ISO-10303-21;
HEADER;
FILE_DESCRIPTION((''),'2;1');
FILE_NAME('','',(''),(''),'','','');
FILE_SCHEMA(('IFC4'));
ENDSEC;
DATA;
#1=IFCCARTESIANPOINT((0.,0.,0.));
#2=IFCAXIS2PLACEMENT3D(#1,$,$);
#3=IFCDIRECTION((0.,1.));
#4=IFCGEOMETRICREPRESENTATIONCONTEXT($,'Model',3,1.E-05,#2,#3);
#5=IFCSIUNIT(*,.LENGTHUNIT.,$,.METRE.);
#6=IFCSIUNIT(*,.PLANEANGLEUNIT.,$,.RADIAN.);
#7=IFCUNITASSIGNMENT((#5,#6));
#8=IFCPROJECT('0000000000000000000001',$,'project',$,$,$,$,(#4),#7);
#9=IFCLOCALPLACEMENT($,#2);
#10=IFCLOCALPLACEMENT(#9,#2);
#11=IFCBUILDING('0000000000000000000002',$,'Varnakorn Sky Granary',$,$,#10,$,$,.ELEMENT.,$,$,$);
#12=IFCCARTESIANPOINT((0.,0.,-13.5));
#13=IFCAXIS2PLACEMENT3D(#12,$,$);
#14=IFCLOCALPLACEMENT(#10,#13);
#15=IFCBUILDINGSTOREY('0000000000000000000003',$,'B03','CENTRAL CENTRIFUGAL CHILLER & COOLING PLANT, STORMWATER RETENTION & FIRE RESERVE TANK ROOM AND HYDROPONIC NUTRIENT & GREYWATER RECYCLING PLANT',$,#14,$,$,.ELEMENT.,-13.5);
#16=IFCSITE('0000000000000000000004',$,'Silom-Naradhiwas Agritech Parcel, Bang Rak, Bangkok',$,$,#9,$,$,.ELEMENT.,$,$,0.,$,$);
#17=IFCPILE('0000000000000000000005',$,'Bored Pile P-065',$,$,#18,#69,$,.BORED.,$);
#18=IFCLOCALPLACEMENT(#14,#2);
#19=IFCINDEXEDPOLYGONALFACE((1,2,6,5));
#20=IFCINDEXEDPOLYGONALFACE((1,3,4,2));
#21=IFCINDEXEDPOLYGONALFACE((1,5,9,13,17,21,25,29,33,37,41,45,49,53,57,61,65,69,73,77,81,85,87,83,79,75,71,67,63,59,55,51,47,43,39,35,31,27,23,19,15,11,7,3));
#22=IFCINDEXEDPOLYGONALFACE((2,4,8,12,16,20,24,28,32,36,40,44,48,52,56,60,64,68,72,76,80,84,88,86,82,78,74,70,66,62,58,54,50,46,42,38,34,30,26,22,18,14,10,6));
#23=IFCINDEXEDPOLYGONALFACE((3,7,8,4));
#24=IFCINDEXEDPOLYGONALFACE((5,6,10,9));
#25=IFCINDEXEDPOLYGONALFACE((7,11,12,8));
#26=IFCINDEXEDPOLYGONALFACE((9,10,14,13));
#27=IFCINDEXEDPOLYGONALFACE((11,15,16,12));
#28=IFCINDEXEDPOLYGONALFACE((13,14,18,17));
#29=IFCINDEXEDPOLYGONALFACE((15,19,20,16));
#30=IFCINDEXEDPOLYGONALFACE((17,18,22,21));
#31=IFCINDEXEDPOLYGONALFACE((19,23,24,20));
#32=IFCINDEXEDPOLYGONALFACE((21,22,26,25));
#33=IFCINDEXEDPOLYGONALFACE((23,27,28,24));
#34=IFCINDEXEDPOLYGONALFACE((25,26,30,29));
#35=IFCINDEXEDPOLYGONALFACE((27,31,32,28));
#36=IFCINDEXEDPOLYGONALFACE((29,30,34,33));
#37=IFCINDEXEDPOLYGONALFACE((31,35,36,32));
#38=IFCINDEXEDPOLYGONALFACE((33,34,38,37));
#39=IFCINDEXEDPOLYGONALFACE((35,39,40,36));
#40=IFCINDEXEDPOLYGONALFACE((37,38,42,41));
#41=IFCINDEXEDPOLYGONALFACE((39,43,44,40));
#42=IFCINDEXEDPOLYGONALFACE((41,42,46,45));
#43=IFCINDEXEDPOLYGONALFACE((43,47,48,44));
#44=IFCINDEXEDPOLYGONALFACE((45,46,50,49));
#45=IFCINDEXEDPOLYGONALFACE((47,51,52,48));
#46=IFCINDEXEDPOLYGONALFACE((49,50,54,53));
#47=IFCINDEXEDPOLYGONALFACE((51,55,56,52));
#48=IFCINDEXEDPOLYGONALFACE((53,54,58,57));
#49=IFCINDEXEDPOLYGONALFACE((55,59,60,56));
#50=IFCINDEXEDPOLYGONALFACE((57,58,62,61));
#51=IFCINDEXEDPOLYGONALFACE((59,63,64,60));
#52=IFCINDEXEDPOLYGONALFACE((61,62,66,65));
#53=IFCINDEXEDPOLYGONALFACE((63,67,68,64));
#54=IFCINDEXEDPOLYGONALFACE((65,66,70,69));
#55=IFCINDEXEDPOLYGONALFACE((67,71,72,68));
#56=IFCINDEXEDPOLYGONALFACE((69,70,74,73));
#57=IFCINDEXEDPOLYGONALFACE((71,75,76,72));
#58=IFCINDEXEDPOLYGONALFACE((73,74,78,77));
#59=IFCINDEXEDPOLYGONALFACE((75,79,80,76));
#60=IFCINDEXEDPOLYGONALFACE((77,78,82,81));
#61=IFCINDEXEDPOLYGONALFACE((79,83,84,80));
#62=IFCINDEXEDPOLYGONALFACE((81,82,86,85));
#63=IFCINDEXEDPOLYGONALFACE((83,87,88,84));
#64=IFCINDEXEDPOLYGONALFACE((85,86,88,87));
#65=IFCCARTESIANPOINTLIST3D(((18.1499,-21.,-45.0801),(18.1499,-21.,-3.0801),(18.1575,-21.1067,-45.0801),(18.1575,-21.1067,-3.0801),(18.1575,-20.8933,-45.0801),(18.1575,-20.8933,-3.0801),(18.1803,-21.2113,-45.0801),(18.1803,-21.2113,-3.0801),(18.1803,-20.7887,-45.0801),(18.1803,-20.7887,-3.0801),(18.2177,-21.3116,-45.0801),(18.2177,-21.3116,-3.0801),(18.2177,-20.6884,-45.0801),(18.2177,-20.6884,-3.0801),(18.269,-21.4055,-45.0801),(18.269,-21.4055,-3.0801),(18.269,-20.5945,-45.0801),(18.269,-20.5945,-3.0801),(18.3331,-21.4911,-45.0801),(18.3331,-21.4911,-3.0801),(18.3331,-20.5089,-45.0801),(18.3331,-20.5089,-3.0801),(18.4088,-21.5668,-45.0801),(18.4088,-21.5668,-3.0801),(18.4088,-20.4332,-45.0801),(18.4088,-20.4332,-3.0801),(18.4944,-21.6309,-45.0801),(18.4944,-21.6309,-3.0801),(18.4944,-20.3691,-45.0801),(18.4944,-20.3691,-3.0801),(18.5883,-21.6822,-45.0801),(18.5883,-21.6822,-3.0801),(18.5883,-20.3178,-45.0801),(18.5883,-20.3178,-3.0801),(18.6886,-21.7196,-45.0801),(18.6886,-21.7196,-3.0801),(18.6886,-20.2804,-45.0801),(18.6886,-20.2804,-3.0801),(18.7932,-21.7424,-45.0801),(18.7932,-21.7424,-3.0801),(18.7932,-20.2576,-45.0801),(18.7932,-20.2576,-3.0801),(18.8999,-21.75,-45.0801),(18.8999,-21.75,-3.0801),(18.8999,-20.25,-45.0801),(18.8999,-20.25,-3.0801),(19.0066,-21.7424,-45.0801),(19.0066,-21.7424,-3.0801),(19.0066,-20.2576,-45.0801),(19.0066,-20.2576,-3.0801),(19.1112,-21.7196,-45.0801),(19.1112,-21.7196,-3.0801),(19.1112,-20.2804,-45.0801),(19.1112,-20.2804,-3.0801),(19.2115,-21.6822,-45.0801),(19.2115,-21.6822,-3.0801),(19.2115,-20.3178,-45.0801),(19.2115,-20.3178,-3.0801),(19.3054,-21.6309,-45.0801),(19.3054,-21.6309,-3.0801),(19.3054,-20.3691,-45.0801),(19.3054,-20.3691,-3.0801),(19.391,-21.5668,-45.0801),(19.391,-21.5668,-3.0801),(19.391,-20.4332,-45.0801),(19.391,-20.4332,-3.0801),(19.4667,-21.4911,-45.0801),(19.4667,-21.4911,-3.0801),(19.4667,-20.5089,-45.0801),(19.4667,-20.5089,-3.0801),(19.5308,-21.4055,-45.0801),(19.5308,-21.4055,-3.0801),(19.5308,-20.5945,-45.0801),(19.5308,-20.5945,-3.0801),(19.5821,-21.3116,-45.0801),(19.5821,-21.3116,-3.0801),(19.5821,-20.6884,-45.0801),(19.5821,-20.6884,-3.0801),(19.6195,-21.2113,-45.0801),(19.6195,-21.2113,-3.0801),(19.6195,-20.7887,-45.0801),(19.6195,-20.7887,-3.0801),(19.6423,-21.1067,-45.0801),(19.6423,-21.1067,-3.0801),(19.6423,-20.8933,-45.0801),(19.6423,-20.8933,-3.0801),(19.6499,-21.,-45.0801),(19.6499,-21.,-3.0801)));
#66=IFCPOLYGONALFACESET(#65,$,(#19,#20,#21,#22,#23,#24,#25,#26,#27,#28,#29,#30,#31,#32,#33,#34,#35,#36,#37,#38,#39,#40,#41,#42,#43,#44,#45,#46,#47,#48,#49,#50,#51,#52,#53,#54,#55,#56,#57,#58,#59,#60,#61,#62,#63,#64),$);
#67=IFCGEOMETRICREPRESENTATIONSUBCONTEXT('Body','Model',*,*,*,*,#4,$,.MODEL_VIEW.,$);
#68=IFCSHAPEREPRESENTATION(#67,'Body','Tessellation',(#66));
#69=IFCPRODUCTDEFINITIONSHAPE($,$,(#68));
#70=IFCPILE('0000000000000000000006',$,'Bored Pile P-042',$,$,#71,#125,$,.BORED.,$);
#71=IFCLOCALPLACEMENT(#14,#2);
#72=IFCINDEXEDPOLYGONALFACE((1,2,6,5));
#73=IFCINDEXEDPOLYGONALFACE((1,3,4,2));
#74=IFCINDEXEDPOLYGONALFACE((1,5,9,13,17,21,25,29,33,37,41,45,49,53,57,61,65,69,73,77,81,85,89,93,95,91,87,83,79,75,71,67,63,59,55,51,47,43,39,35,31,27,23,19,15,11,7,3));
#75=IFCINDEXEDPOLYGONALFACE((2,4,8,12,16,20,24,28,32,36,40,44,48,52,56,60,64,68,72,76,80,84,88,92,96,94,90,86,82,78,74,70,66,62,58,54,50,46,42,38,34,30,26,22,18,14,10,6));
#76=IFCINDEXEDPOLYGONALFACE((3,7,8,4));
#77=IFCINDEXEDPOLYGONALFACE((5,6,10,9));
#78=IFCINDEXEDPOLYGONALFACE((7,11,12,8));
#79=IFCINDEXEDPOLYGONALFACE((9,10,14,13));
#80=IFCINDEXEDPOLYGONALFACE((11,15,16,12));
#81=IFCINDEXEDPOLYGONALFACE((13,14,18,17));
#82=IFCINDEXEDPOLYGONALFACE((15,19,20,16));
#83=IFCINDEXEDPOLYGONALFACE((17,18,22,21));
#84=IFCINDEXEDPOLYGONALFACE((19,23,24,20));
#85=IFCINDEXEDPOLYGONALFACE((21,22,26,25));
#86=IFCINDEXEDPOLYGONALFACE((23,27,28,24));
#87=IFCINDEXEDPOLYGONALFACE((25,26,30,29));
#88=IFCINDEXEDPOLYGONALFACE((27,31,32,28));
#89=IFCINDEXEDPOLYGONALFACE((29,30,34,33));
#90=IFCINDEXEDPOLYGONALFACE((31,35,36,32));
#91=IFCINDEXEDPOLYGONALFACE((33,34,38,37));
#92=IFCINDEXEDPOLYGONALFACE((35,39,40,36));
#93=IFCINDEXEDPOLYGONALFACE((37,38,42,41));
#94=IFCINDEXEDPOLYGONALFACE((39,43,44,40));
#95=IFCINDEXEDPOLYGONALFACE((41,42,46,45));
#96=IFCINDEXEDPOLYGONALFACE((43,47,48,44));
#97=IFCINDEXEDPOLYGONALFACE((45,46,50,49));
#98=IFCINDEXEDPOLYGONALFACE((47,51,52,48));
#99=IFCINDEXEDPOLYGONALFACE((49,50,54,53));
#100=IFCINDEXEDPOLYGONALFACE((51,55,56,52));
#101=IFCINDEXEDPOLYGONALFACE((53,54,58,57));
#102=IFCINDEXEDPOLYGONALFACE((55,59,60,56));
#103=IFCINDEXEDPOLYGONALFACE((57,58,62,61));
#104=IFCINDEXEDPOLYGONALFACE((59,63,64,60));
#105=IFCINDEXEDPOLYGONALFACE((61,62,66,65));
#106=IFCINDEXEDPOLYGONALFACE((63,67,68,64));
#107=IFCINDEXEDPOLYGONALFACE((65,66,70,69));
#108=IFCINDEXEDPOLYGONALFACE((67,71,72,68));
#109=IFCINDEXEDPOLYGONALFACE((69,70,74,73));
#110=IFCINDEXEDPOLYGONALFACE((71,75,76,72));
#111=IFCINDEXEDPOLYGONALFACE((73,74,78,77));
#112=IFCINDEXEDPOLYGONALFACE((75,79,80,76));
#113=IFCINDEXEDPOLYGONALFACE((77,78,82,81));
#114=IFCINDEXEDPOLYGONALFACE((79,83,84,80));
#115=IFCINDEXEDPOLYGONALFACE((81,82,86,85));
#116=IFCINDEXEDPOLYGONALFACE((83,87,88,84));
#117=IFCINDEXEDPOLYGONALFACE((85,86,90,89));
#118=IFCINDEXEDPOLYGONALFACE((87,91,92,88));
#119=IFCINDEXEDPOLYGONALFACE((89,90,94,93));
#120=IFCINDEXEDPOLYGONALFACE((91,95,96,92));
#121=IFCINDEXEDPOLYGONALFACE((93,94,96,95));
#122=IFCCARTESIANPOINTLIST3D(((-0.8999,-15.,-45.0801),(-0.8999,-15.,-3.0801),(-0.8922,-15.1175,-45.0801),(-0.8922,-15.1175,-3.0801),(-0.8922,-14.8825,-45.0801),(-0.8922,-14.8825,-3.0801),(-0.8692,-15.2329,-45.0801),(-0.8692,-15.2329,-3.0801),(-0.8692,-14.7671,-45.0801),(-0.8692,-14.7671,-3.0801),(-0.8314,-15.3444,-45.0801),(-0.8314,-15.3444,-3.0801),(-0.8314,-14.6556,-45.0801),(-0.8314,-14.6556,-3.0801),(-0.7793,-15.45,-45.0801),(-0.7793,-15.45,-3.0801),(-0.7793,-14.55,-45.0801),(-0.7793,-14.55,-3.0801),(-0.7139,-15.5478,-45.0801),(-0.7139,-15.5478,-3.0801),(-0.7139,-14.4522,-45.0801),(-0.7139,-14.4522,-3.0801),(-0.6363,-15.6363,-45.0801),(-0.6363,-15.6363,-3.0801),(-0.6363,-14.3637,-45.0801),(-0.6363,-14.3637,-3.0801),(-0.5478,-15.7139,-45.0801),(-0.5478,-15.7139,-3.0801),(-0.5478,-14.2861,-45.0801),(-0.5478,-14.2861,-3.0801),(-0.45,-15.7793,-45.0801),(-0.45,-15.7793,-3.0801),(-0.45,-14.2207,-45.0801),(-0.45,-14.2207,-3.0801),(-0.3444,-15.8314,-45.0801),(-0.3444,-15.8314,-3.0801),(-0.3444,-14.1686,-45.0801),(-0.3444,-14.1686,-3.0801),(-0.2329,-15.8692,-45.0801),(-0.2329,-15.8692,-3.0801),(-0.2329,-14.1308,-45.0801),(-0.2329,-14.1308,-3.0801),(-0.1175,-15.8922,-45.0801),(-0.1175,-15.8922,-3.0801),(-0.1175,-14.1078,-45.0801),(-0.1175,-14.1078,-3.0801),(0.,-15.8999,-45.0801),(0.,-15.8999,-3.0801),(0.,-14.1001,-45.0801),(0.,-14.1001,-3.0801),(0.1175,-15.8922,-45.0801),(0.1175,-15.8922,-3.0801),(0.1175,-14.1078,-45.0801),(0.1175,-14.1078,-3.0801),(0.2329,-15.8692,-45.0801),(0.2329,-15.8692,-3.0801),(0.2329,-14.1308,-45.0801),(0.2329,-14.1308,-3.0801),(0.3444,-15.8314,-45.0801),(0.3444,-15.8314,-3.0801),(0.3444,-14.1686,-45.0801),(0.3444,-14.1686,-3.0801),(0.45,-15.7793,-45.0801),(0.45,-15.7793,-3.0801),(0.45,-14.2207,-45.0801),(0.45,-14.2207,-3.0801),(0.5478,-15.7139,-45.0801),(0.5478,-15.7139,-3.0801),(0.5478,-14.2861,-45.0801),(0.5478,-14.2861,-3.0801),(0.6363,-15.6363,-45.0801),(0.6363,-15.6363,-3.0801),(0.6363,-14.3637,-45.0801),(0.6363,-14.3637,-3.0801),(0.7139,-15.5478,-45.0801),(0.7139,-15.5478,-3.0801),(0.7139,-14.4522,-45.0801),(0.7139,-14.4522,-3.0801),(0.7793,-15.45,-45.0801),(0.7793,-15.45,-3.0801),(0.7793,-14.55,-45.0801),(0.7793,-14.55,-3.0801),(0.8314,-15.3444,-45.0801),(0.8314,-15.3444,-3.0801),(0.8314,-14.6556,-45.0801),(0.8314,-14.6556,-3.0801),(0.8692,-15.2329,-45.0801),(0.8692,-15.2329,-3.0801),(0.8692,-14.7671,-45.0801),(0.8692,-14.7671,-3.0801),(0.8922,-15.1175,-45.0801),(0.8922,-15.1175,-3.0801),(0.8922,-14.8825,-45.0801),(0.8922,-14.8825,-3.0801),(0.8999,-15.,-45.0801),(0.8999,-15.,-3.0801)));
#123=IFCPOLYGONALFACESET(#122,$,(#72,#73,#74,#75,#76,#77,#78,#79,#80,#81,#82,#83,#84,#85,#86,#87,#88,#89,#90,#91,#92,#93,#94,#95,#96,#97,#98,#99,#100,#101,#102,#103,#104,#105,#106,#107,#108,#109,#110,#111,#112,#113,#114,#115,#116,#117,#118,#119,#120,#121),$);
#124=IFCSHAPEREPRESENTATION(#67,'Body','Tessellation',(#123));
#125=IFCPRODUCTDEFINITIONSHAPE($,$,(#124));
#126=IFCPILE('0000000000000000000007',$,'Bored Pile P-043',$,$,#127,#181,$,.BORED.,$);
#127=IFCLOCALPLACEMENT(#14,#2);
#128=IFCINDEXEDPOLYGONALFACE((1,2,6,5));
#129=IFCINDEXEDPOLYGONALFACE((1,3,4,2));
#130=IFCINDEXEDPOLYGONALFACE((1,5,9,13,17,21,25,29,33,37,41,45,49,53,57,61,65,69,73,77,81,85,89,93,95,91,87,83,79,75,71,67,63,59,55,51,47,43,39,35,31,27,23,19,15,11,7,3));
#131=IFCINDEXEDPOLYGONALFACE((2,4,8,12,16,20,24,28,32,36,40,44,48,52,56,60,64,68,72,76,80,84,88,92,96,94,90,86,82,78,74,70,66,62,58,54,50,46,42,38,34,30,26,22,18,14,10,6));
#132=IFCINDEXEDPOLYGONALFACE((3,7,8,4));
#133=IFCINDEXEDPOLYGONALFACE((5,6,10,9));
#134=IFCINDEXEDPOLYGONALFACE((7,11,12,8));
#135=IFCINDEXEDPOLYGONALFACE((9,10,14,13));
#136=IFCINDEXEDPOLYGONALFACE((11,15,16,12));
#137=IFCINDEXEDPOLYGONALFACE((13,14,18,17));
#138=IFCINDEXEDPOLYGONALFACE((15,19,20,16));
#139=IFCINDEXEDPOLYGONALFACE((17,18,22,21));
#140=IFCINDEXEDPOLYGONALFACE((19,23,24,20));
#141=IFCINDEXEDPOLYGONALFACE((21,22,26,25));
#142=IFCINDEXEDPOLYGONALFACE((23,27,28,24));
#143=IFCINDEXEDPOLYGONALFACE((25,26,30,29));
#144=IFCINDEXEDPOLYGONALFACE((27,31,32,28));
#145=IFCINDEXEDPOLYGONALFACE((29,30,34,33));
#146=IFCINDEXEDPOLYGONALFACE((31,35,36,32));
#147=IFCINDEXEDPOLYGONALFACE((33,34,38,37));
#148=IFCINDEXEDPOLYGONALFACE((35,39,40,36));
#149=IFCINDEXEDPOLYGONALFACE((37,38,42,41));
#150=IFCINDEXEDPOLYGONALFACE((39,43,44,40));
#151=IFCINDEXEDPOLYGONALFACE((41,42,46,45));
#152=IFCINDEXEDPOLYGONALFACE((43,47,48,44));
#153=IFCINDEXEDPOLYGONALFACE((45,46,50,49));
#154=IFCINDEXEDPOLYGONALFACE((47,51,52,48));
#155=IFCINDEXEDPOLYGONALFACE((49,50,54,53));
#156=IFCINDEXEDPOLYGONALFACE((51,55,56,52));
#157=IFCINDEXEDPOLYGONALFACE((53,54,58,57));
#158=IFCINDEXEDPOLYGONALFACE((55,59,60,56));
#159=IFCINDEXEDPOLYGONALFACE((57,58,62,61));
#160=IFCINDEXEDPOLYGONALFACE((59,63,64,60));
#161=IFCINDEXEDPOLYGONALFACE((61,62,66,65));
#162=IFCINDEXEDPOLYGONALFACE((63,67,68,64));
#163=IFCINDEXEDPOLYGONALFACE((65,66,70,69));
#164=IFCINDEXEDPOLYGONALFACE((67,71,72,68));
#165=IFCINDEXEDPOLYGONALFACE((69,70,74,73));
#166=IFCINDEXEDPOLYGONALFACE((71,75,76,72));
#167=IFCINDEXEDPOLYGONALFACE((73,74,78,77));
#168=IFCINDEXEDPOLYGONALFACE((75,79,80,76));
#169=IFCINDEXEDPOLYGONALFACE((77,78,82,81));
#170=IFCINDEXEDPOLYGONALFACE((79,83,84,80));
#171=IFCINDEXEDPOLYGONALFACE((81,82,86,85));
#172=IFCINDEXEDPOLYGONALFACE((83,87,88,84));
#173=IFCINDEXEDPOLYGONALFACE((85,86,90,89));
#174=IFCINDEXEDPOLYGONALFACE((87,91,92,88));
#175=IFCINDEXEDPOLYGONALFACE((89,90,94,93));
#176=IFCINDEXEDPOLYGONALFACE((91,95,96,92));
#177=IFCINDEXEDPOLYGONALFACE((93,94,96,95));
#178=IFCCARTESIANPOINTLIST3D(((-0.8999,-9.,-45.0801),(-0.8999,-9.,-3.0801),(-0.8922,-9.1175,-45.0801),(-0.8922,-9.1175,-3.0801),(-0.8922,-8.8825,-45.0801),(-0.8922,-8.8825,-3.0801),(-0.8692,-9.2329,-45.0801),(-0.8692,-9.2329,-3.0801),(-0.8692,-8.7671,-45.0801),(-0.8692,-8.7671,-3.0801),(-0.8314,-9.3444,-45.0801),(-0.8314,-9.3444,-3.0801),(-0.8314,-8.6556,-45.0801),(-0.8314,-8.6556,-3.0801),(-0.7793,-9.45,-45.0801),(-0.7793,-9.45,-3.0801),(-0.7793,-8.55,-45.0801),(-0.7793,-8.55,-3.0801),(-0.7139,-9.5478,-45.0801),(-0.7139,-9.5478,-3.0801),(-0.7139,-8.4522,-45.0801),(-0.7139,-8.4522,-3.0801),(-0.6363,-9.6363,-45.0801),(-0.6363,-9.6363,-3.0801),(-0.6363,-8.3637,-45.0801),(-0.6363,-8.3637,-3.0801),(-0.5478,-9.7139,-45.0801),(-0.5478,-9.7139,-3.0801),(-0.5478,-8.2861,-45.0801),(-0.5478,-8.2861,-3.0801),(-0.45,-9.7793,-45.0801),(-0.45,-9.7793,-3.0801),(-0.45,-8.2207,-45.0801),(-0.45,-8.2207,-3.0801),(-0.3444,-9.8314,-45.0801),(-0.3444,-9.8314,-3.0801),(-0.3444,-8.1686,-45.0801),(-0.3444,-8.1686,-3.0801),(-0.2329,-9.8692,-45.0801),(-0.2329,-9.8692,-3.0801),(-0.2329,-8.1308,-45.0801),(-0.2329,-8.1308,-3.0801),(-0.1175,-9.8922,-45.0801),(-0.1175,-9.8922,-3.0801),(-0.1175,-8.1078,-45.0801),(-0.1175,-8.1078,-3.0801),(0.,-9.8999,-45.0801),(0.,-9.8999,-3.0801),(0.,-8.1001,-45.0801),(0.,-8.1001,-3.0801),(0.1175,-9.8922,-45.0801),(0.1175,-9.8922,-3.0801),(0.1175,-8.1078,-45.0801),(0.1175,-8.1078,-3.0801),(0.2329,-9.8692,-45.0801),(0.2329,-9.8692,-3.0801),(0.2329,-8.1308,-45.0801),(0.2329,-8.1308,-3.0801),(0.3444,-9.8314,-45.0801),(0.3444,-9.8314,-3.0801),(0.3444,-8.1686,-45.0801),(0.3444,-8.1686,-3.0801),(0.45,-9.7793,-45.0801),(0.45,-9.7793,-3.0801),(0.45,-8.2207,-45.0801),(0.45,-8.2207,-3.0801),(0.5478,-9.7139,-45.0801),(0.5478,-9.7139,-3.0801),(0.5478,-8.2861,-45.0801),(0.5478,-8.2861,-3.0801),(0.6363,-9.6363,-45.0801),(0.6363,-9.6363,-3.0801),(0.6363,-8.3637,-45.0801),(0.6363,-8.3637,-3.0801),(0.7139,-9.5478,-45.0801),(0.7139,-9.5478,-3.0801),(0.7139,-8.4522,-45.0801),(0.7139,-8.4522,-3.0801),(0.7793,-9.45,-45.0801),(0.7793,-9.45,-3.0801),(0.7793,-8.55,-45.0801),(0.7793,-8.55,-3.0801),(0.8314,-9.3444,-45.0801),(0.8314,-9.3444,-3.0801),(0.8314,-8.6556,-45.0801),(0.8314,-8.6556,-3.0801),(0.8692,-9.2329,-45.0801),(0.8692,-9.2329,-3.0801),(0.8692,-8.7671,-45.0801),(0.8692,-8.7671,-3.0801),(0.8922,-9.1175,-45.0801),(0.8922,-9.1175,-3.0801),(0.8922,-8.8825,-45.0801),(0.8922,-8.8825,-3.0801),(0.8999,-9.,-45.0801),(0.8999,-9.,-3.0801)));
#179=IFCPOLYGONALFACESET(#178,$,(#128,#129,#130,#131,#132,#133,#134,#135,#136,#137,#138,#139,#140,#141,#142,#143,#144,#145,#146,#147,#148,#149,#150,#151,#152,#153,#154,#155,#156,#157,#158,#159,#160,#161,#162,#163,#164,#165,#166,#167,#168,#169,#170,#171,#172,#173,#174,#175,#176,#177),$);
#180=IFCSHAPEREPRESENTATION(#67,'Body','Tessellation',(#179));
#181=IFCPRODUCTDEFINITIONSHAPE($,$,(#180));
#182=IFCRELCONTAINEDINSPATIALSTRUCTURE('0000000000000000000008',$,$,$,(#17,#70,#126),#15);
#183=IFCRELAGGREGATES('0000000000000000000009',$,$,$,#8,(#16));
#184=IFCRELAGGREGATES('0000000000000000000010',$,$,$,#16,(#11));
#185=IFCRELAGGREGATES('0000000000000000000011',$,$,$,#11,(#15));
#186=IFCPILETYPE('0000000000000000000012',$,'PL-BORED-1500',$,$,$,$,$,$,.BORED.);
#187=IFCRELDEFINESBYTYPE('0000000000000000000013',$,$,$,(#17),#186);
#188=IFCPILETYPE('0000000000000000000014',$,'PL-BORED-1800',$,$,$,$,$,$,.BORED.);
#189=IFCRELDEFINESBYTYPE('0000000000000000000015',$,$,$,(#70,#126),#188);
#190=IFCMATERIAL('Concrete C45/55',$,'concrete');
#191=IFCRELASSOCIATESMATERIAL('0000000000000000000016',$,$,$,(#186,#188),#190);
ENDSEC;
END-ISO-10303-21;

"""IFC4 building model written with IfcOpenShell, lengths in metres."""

from ifc_helpers import new_model, si_unit, direction, frame, origin, origin_2d, place, context, subcontext, project, spatial, circle, extrude, material, material_profile, profile_set, type_object, element, save


model = new_model("IFC4")

# Units and contexts
model_context = context("Model", 3, precision=1e-05, world=origin(), true_north=direction((0.0, 1.0)))
body_context = subcontext(model_context, "Body", "Model", "MODEL_VIEW")
ifc_project = project(units=[si_unit("LENGTHUNIT", "METRE"), si_unit("PLANEANGLEUNIT", "RADIAN")], contexts=[model_context])

# Site, building, storey
site_placement = place(None, origin())
site = spatial("IfcSite", under=ifc_project, at=site_placement, Name="Silom-Naradhiwas Agritech Parcel, Bang Rak, Bangkok", CompositionType="ELEMENT", RefElevation=0.0)
building_placement = place(site_placement, origin())
building = spatial("IfcBuilding", under=site, at=building_placement, Name="Varnakorn Sky Granary", CompositionType="ELEMENT")
storey_placement = place(building_placement, frame((0.0, 0.0, -13.5)))
storey = spatial("IfcBuildingStorey", under=building, at=storey_placement, Name="B03", Description="CENTRAL CENTRIFUGAL CHILLER & COOLING PLANT, STORMWATER RETENTION & FIRE RESERVE TANK ROOM AND HYDROPONIC NUTRIENT & GREYWATER RECYCLING PLANT", CompositionType="ELEMENT", Elevation=-13.5)

# Piles
ifc_material_1 = material(Name="Concrete C45/55", Category="concrete")
ifc_material_profile_1 = material_profile(ifc_material_1, circle(Radius=0.75, at=origin_2d()), Name="PILE D1500")
ifc_profile_set_1 = profile_set([ifc_material_profile_1], Name="Concrete C45/55")
pile_type_1 = type_object("IfcPileType", Name="PL-BORED-1500", PredefinedType="BORED", material=ifc_profile_set_1)
for number, where, z_axis, x_axis, name in (
    (1, (18.8999, -21.0, -3.0801), (0.0, 0.0, -1.0), (1.0, 0.0, 0.0), "Bored Pile P-065"),
):
    element("IfcPile", number, at=place(storey_placement, frame(where, z_axis=z_axis, x_axis=x_axis)), inside=storey, type_object=pile_type_1, Name=name, PredefinedType="BORED", context=body_context, shape_type="SweptSolid", body=[
        extrude(circle(Radius=0.75, at=origin_2d()), origin(), (0.0, 0.0, 1.0), 42.0),
    ])
ifc_material_profile_2 = material_profile(ifc_material_1, circle(Radius=0.8999, at=origin_2d()), Name="PILE D1800")
ifc_profile_set_2 = profile_set([ifc_material_profile_2], Name="Concrete C45/55")
pile_type_2 = type_object("IfcPileType", Name="PL-BORED-1800", PredefinedType="BORED", material=ifc_profile_set_2)
for number, where, z_axis, x_axis, name in (
    (2, (0.0, -15.0, -3.0801), (0.0, 0.0, -1.0), (1.0, 0.0, 0.0), "Bored Pile P-042"),
    (3, (0.0, -9.0, -3.0801), (0.0, 0.0, -1.0), (1.0, 0.0, 0.0), "Bored Pile P-043"),
):
    element("IfcPile", number, at=place(storey_placement, frame(where, z_axis=z_axis, x_axis=x_axis)), inside=storey, type_object=pile_type_2, Name=name, PredefinedType="BORED", context=body_context, shape_type="SweptSolid", body=[
        extrude(circle(Radius=0.8999, at=origin_2d()), origin(), (0.0, 0.0, 1.0), 42.0),
    ])

save(model, "model.ifc")
